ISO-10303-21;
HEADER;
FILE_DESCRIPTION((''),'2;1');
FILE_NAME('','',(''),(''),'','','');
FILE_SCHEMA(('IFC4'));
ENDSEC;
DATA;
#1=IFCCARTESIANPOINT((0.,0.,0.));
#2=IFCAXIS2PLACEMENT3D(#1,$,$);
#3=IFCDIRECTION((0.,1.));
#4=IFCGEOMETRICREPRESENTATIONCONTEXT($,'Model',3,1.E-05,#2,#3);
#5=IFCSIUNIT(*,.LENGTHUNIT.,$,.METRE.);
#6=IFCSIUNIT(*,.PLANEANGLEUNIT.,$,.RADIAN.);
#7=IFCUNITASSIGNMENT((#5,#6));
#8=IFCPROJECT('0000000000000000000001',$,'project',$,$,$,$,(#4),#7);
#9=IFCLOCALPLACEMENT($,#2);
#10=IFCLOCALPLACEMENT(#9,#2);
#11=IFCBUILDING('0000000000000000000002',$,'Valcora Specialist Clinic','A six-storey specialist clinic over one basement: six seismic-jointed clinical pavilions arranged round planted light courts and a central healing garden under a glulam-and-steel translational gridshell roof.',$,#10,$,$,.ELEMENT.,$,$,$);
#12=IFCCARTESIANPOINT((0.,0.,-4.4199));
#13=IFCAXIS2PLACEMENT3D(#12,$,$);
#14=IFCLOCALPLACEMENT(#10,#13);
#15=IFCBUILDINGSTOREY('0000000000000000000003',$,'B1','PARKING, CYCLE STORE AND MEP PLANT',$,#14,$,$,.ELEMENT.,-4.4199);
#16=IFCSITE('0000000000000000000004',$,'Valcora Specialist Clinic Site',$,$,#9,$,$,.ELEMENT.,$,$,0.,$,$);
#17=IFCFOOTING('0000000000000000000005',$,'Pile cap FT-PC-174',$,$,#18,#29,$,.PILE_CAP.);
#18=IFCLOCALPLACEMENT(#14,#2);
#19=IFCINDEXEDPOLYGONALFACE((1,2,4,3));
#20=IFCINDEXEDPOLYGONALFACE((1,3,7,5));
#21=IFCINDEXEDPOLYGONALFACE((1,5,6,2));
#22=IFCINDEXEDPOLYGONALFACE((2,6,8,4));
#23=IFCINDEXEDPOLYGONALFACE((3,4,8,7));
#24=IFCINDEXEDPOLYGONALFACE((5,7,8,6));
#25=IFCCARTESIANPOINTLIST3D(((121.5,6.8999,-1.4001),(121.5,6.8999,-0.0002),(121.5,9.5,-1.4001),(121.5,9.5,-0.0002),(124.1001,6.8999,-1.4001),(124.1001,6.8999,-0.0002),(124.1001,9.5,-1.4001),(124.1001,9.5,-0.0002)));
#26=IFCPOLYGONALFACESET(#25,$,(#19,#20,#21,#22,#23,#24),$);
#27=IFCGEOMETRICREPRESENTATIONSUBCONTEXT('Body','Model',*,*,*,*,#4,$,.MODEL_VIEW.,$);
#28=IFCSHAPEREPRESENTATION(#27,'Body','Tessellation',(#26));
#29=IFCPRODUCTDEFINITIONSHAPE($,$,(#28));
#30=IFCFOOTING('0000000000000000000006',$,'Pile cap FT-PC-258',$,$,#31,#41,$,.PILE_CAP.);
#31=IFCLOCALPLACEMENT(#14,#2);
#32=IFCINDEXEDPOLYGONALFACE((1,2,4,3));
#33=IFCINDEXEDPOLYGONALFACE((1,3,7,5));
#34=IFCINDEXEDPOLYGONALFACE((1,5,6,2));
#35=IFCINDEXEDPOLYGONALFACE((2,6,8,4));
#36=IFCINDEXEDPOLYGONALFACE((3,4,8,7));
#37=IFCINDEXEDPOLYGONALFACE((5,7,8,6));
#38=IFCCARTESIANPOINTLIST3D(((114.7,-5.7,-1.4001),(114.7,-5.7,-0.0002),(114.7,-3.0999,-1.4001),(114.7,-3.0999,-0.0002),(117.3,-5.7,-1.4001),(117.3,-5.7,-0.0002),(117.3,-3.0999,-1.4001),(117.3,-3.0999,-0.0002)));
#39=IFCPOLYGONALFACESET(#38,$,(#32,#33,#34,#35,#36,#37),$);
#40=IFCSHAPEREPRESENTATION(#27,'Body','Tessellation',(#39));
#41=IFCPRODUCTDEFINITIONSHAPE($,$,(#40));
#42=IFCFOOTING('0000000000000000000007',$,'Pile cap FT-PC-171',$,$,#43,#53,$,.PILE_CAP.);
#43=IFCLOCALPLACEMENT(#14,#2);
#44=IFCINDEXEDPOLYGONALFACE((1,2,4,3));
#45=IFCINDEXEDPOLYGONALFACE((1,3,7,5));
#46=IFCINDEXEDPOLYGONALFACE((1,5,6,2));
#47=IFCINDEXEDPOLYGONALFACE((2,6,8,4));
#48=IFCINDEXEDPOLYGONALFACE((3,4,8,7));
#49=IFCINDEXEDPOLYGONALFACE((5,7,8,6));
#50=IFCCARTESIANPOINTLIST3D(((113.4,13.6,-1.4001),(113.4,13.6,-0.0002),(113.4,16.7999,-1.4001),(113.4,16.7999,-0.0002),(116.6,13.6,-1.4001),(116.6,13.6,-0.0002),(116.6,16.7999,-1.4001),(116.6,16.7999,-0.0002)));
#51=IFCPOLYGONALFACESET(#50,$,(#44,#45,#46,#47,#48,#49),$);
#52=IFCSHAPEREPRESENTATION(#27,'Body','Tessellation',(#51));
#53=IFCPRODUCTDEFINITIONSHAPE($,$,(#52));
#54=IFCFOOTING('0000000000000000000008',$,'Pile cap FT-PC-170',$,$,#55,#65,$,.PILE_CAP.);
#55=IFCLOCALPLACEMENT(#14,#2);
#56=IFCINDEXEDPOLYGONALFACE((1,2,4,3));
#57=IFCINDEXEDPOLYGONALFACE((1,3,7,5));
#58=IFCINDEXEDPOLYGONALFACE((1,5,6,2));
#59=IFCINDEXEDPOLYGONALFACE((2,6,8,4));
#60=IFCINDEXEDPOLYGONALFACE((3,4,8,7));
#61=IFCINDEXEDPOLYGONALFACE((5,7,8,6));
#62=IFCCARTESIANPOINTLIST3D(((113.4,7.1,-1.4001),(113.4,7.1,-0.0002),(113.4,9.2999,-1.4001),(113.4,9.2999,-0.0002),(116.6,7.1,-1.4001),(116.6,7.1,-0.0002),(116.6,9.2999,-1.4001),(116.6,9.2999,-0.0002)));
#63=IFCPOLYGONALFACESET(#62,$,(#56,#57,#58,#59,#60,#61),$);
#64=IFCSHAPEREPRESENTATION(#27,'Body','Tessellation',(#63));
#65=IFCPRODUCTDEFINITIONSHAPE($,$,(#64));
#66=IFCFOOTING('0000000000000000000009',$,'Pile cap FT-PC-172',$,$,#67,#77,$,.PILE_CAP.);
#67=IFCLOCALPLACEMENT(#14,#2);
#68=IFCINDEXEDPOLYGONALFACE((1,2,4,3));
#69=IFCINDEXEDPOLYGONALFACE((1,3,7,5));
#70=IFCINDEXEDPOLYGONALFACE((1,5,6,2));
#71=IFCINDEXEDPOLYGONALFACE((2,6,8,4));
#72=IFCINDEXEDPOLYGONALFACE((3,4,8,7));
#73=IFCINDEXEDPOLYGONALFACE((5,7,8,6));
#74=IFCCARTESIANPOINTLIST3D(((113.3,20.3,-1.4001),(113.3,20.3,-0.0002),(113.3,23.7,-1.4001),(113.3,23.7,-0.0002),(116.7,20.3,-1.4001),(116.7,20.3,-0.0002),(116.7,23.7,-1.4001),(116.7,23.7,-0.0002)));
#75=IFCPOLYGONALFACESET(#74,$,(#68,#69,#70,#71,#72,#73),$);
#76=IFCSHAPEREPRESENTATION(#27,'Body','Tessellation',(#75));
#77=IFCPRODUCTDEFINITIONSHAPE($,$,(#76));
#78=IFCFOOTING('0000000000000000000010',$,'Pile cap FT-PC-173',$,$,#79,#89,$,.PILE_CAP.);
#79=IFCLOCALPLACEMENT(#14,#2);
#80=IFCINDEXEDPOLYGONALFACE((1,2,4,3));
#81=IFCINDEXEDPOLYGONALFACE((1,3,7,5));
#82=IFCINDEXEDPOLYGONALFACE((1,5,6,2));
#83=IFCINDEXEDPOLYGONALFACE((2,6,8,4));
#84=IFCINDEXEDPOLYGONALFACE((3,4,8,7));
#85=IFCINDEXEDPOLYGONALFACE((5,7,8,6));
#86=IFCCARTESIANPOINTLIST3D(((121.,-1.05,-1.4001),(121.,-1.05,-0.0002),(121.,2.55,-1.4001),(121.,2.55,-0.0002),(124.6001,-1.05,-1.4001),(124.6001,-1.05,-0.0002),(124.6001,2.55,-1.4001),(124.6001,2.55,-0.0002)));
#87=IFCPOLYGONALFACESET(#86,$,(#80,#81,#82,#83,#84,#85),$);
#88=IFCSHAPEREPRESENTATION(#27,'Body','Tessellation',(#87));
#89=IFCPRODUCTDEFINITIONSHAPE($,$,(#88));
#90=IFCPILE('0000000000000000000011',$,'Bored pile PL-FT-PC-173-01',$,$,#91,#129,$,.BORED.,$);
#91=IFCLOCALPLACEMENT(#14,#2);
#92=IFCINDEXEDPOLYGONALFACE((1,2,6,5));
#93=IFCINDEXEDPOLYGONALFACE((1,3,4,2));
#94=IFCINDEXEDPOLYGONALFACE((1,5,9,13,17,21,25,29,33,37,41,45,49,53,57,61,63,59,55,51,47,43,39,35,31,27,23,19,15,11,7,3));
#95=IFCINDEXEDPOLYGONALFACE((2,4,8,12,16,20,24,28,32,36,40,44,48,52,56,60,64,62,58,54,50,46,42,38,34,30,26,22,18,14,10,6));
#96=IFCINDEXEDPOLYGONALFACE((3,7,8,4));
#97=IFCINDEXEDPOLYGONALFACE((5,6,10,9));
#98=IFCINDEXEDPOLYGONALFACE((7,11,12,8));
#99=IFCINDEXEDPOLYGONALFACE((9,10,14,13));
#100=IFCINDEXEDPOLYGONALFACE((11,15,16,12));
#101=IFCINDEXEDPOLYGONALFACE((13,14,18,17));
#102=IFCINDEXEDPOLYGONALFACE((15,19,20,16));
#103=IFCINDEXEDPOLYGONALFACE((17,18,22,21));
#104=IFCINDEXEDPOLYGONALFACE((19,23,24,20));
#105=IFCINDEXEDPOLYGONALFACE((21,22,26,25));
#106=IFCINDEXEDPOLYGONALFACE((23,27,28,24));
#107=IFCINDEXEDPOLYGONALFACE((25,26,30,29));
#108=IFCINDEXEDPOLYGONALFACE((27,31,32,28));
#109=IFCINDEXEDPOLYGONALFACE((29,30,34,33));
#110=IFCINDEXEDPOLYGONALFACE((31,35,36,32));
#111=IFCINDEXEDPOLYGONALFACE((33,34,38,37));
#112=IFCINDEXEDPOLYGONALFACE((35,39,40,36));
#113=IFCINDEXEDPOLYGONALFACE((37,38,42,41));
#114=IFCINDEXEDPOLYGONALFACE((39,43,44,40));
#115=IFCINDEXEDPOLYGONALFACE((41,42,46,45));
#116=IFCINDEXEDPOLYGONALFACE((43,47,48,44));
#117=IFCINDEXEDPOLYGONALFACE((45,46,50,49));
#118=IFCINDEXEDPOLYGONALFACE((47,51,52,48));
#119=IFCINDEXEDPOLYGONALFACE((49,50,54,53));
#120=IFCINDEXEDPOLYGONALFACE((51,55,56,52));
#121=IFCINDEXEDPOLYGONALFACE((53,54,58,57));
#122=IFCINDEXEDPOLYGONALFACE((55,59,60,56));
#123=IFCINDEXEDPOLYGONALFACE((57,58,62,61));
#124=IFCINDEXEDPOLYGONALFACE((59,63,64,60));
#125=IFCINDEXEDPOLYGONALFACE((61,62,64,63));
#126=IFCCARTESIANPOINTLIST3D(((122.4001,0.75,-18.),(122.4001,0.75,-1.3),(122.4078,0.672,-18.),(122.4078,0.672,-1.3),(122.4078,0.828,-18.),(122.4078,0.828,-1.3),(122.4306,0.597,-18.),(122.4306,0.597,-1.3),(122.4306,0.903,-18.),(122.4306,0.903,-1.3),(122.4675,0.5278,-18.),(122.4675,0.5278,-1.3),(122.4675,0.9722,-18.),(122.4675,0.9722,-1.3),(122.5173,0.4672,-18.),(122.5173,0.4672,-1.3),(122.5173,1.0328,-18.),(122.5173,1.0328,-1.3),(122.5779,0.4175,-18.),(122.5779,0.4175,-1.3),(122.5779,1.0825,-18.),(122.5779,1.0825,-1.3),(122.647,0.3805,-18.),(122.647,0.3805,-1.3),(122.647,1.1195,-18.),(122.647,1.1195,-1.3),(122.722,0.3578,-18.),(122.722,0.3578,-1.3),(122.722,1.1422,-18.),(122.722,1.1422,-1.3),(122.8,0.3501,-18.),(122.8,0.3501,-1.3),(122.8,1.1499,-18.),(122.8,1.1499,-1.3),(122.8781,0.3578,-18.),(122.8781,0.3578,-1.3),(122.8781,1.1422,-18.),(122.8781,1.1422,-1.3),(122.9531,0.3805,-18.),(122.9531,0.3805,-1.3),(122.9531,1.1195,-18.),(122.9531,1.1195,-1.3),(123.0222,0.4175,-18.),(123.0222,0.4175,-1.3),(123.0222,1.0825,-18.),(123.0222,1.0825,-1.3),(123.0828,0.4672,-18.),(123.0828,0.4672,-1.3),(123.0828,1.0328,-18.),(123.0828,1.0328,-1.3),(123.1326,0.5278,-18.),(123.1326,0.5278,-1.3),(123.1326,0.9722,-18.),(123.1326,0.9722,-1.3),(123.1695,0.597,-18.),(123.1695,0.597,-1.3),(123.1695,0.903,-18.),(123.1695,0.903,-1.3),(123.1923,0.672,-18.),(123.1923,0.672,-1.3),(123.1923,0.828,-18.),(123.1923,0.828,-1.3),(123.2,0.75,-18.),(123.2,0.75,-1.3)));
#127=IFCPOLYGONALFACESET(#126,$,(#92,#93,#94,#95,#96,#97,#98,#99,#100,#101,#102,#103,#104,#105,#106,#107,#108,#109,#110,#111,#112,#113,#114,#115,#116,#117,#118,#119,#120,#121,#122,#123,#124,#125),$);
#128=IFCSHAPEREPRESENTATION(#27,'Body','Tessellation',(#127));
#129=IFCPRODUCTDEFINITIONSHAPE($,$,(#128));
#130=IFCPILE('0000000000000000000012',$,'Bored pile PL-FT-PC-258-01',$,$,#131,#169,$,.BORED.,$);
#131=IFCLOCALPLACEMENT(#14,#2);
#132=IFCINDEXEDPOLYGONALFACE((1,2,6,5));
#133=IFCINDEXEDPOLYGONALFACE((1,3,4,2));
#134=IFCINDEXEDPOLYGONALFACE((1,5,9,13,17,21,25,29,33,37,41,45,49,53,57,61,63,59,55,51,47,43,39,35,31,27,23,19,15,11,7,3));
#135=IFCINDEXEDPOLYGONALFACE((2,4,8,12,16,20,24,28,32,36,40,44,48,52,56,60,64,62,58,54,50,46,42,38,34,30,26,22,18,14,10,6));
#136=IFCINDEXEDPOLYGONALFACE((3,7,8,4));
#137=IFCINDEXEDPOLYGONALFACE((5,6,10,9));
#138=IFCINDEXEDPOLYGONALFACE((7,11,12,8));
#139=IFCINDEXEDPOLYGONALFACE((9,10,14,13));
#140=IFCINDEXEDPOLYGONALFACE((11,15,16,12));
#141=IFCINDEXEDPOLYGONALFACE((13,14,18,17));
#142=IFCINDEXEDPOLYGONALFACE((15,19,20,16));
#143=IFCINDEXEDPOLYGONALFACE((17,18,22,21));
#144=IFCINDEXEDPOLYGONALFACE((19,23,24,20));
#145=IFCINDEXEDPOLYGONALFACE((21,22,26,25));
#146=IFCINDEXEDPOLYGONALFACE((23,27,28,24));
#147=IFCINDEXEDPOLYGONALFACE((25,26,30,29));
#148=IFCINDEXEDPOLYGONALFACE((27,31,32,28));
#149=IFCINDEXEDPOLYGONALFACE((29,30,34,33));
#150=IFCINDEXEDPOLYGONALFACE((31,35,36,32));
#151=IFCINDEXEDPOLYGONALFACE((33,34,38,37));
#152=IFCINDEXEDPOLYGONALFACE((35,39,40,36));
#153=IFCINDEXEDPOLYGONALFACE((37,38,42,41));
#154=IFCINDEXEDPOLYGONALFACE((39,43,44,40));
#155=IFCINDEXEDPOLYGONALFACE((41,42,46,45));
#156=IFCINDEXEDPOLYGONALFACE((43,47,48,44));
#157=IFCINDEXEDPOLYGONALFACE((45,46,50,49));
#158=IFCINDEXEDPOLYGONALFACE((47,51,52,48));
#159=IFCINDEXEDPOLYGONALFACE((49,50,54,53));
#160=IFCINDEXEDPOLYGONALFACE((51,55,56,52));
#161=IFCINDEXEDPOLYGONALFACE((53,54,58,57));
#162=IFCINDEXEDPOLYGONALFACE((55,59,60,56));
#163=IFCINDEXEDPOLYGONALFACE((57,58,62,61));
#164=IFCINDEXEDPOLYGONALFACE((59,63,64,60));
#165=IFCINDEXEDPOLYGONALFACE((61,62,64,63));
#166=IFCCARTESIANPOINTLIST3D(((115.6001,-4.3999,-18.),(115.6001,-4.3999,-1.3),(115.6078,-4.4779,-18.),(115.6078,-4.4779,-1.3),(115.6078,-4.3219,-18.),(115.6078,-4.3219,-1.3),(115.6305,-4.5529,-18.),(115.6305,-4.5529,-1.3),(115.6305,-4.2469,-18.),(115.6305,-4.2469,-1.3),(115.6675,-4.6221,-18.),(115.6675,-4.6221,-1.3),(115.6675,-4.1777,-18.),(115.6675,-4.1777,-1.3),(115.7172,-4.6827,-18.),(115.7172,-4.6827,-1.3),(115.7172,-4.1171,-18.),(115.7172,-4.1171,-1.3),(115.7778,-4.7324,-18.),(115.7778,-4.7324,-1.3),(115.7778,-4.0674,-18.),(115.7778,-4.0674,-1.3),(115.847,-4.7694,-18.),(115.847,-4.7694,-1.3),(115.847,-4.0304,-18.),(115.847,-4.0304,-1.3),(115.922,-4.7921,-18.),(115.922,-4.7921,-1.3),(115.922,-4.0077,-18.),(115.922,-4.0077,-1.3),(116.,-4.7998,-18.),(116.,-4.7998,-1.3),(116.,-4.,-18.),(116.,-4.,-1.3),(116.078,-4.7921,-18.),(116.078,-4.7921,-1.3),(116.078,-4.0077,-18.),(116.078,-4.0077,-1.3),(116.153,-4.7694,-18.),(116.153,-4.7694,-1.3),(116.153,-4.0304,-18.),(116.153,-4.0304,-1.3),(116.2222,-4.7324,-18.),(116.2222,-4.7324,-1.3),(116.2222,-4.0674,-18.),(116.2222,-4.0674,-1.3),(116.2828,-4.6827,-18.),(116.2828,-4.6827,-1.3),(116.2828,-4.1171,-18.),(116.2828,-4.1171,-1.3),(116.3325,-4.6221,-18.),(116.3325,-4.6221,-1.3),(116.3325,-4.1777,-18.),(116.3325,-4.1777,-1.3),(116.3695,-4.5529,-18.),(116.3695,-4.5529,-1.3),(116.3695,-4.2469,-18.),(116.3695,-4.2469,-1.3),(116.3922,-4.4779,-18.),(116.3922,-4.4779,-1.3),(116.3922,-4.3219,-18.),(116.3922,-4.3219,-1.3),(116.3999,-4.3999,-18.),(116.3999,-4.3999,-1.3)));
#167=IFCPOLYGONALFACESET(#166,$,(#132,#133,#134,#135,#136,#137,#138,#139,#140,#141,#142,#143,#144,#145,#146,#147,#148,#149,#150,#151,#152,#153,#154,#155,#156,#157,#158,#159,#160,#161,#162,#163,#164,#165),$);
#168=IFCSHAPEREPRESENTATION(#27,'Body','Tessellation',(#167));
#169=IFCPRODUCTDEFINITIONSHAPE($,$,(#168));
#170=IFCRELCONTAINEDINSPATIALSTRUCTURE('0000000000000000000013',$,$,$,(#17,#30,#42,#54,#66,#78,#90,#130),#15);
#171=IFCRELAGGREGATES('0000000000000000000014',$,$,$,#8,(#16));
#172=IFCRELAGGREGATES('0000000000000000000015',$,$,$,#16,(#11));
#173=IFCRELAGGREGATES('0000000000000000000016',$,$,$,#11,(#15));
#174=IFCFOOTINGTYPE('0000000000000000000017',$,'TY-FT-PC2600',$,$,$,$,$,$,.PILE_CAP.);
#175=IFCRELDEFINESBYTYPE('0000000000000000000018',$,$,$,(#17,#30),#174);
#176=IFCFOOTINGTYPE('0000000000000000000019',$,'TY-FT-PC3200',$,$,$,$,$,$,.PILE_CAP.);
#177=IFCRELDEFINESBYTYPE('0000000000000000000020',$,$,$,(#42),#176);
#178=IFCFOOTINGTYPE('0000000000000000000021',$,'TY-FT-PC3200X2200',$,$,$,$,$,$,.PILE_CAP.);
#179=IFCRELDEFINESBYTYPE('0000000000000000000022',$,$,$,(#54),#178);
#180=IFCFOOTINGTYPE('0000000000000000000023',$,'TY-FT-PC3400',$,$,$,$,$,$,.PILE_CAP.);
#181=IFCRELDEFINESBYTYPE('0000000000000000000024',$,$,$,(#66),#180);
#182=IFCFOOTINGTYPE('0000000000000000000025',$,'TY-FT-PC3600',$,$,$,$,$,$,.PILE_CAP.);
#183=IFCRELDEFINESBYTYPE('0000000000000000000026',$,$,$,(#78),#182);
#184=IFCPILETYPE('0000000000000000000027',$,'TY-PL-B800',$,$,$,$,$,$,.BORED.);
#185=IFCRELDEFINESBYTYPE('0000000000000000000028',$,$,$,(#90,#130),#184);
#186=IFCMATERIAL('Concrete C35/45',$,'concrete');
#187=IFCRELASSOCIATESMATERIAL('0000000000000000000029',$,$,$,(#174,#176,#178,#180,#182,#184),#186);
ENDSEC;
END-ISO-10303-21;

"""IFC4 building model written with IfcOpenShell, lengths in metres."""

from ifc_helpers import new_model, si_unit, direction, frame, origin, origin_2d, place, context, subcontext, project, spatial, rectangle, circle, extrude, material, material_profile, profile_set, type_object, element, save


model = new_model("IFC4")

# Units and contexts
model_context = context("Model", 3, precision=1e-05, world=origin(), true_north=direction((0.0, 1.0)))
body_context = subcontext(model_context, "Body", "Model", "MODEL_VIEW")
ifc_project = project(units=[si_unit("LENGTHUNIT", "METRE"), si_unit("PLANEANGLEUNIT", "RADIAN")], contexts=[model_context])

# Site, building, storey
site_placement = place(None, origin())
site = spatial("IfcSite", under=ifc_project, at=site_placement, Name="Valcora Specialist Clinic Site", CompositionType="ELEMENT", RefElevation=0.0)
building_placement = place(site_placement, origin())
building = spatial("IfcBuilding", under=site, at=building_placement, Name="Valcora Specialist Clinic", Description="A six-storey specialist clinic over one basement: six seismic-jointed clinical pavilions arranged round planted light courts and a central healing garden under a glulam-and-steel translational gridshell roof.", CompositionType="ELEMENT")
storey_placement = place(building_placement, frame((0.0, 0.0, -4.4199)))
storey = spatial("IfcBuildingStorey", under=building, at=storey_placement, Name="B1", Description="PARKING, CYCLE STORE AND MEP PLANT", CompositionType="ELEMENT", Elevation=-4.4199)

# Footings
ifc_material_1 = material(Name="Concrete C35/45", Category="concrete")
footing_type_1 = type_object("IfcFootingType", Name="TY-FT-PC2600", PredefinedType="PILE_CAP", material=ifc_material_1)
for number, where, z_axis, x_axis, name in (
    (1, (122.8, 8.2, -1.4001), (0.0, 0.0, 1.0), (1.0, 0.0, 0.0), "Pile cap FT-PC-174"),
    (2, (116.0, -4.3999, -1.4001), (0.0, 0.0, 1.0), (1.0, 0.0, 0.0), "Pile cap FT-PC-258"),
):
    element("IfcFooting", number, at=place(storey_placement, frame(where, z_axis=z_axis, x_axis=x_axis)), inside=storey, type_object=footing_type_1, Name=name, PredefinedType="PILE_CAP", context=body_context, shape_type="SweptSolid", body=[
        extrude(rectangle(XDim=2.6001, YDim=2.6001, at=origin_2d()), origin(), (0.0, 0.0, 1.0), 1.3999),
    ])
footing_type_2 = type_object("IfcFootingType", Name="TY-FT-PC3200", PredefinedType="PILE_CAP", material=ifc_material_1)
footing_1_placement = place(storey_placement, frame((115.0, 15.2, -1.4001), z_axis=(0.0, 0.0, 1.0), x_axis=(1.0, 0.0, 0.0)))
element("IfcFooting", 3, at=footing_1_placement, inside=storey, type_object=footing_type_2, Name="Pile cap FT-PC-171", PredefinedType="PILE_CAP", context=body_context, shape_type="SweptSolid", body=[
    extrude(rectangle(XDim=3.2, YDim=3.2, at=origin_2d()), origin(), (0.0, 0.0, 1.0), 1.3999),
])
footing_type_3 = type_object("IfcFootingType", Name="TY-FT-PC3200X2200", PredefinedType="PILE_CAP", material=ifc_material_1)
footing_2_placement = place(storey_placement, frame((115.0, 8.2, -1.4001), z_axis=(0.0, 0.0, 1.0), x_axis=(1.0, 0.0, 0.0)))
element("IfcFooting", 4, at=footing_2_placement, inside=storey, type_object=footing_type_3, Name="Pile cap FT-PC-170", PredefinedType="PILE_CAP", context=body_context, shape_type="SweptSolid", body=[
    extrude(rectangle(XDim=3.2, YDim=2.2, at=origin_2d()), origin(), (0.0, 0.0, 1.0), 1.3999),
])
footing_type_4 = type_object("IfcFootingType", Name="TY-FT-PC3400", PredefinedType="PILE_CAP", material=ifc_material_1)
footing_3_placement = place(storey_placement, frame((115.0, 22.0, -1.4001), z_axis=(0.0, 0.0, 1.0), x_axis=(1.0, 0.0, 0.0)))
element("IfcFooting", 5, at=footing_3_placement, inside=storey, type_object=footing_type_4, Name="Pile cap FT-PC-172", PredefinedType="PILE_CAP", context=body_context, shape_type="SweptSolid", body=[
    extrude(rectangle(XDim=3.3999, YDim=3.3999, at=origin_2d()), origin(), (0.0, 0.0, 1.0), 1.3999),
])
footing_type_5 = type_object("IfcFootingType", Name="TY-FT-PC3600", PredefinedType="PILE_CAP", material=ifc_material_1)
footing_4_placement = place(storey_placement, frame((122.8, 0.75, -1.4001), z_axis=(0.0, 0.0, 1.0), x_axis=(1.0, 0.0, 0.0)))
element("IfcFooting", 6, at=footing_4_placement, inside=storey, type_object=footing_type_5, Name="Pile cap FT-PC-173", PredefinedType="PILE_CAP", context=body_context, shape_type="SweptSolid", body=[
    extrude(rectangle(XDim=3.6001, YDim=3.6001, at=origin_2d()), origin(), (0.0, 0.0, 1.0), 1.3999),
])

# Piles
ifc_material_profile_1 = material_profile(ifc_material_1, circle(Radius=0.3999, at=origin_2d()), Name="RC-PIL-D800")
ifc_profile_set_1 = profile_set([ifc_material_profile_1], Name="Concrete C35/45")
pile_type_1 = type_object("IfcPileType", Name="TY-PL-B800", PredefinedType="BORED", material=ifc_profile_set_1)
for number, where, z_axis, x_axis, name in (
    (7, (122.8, 0.75, -1.3), (0.0, 0.0, -1.0), (1.0, 0.0, 0.0), "Bored pile PL-FT-PC-173-01"),
    (8, (116.0, -4.3999, -1.3), (0.0, 0.0, -1.0), (1.0, 0.0, 0.0), "Bored pile PL-FT-PC-258-01"),
):
    element("IfcPile", number, at=place(storey_placement, frame(where, z_axis=z_axis, x_axis=x_axis)), inside=storey, type_object=pile_type_1, Name=name, PredefinedType="BORED", context=body_context, shape_type="SweptSolid", body=[
        extrude(circle(Radius=0.3999, at=origin_2d()), origin(), (0.0, 0.0, 1.0), 16.7),
    ])

save(model, "model.ifc")
